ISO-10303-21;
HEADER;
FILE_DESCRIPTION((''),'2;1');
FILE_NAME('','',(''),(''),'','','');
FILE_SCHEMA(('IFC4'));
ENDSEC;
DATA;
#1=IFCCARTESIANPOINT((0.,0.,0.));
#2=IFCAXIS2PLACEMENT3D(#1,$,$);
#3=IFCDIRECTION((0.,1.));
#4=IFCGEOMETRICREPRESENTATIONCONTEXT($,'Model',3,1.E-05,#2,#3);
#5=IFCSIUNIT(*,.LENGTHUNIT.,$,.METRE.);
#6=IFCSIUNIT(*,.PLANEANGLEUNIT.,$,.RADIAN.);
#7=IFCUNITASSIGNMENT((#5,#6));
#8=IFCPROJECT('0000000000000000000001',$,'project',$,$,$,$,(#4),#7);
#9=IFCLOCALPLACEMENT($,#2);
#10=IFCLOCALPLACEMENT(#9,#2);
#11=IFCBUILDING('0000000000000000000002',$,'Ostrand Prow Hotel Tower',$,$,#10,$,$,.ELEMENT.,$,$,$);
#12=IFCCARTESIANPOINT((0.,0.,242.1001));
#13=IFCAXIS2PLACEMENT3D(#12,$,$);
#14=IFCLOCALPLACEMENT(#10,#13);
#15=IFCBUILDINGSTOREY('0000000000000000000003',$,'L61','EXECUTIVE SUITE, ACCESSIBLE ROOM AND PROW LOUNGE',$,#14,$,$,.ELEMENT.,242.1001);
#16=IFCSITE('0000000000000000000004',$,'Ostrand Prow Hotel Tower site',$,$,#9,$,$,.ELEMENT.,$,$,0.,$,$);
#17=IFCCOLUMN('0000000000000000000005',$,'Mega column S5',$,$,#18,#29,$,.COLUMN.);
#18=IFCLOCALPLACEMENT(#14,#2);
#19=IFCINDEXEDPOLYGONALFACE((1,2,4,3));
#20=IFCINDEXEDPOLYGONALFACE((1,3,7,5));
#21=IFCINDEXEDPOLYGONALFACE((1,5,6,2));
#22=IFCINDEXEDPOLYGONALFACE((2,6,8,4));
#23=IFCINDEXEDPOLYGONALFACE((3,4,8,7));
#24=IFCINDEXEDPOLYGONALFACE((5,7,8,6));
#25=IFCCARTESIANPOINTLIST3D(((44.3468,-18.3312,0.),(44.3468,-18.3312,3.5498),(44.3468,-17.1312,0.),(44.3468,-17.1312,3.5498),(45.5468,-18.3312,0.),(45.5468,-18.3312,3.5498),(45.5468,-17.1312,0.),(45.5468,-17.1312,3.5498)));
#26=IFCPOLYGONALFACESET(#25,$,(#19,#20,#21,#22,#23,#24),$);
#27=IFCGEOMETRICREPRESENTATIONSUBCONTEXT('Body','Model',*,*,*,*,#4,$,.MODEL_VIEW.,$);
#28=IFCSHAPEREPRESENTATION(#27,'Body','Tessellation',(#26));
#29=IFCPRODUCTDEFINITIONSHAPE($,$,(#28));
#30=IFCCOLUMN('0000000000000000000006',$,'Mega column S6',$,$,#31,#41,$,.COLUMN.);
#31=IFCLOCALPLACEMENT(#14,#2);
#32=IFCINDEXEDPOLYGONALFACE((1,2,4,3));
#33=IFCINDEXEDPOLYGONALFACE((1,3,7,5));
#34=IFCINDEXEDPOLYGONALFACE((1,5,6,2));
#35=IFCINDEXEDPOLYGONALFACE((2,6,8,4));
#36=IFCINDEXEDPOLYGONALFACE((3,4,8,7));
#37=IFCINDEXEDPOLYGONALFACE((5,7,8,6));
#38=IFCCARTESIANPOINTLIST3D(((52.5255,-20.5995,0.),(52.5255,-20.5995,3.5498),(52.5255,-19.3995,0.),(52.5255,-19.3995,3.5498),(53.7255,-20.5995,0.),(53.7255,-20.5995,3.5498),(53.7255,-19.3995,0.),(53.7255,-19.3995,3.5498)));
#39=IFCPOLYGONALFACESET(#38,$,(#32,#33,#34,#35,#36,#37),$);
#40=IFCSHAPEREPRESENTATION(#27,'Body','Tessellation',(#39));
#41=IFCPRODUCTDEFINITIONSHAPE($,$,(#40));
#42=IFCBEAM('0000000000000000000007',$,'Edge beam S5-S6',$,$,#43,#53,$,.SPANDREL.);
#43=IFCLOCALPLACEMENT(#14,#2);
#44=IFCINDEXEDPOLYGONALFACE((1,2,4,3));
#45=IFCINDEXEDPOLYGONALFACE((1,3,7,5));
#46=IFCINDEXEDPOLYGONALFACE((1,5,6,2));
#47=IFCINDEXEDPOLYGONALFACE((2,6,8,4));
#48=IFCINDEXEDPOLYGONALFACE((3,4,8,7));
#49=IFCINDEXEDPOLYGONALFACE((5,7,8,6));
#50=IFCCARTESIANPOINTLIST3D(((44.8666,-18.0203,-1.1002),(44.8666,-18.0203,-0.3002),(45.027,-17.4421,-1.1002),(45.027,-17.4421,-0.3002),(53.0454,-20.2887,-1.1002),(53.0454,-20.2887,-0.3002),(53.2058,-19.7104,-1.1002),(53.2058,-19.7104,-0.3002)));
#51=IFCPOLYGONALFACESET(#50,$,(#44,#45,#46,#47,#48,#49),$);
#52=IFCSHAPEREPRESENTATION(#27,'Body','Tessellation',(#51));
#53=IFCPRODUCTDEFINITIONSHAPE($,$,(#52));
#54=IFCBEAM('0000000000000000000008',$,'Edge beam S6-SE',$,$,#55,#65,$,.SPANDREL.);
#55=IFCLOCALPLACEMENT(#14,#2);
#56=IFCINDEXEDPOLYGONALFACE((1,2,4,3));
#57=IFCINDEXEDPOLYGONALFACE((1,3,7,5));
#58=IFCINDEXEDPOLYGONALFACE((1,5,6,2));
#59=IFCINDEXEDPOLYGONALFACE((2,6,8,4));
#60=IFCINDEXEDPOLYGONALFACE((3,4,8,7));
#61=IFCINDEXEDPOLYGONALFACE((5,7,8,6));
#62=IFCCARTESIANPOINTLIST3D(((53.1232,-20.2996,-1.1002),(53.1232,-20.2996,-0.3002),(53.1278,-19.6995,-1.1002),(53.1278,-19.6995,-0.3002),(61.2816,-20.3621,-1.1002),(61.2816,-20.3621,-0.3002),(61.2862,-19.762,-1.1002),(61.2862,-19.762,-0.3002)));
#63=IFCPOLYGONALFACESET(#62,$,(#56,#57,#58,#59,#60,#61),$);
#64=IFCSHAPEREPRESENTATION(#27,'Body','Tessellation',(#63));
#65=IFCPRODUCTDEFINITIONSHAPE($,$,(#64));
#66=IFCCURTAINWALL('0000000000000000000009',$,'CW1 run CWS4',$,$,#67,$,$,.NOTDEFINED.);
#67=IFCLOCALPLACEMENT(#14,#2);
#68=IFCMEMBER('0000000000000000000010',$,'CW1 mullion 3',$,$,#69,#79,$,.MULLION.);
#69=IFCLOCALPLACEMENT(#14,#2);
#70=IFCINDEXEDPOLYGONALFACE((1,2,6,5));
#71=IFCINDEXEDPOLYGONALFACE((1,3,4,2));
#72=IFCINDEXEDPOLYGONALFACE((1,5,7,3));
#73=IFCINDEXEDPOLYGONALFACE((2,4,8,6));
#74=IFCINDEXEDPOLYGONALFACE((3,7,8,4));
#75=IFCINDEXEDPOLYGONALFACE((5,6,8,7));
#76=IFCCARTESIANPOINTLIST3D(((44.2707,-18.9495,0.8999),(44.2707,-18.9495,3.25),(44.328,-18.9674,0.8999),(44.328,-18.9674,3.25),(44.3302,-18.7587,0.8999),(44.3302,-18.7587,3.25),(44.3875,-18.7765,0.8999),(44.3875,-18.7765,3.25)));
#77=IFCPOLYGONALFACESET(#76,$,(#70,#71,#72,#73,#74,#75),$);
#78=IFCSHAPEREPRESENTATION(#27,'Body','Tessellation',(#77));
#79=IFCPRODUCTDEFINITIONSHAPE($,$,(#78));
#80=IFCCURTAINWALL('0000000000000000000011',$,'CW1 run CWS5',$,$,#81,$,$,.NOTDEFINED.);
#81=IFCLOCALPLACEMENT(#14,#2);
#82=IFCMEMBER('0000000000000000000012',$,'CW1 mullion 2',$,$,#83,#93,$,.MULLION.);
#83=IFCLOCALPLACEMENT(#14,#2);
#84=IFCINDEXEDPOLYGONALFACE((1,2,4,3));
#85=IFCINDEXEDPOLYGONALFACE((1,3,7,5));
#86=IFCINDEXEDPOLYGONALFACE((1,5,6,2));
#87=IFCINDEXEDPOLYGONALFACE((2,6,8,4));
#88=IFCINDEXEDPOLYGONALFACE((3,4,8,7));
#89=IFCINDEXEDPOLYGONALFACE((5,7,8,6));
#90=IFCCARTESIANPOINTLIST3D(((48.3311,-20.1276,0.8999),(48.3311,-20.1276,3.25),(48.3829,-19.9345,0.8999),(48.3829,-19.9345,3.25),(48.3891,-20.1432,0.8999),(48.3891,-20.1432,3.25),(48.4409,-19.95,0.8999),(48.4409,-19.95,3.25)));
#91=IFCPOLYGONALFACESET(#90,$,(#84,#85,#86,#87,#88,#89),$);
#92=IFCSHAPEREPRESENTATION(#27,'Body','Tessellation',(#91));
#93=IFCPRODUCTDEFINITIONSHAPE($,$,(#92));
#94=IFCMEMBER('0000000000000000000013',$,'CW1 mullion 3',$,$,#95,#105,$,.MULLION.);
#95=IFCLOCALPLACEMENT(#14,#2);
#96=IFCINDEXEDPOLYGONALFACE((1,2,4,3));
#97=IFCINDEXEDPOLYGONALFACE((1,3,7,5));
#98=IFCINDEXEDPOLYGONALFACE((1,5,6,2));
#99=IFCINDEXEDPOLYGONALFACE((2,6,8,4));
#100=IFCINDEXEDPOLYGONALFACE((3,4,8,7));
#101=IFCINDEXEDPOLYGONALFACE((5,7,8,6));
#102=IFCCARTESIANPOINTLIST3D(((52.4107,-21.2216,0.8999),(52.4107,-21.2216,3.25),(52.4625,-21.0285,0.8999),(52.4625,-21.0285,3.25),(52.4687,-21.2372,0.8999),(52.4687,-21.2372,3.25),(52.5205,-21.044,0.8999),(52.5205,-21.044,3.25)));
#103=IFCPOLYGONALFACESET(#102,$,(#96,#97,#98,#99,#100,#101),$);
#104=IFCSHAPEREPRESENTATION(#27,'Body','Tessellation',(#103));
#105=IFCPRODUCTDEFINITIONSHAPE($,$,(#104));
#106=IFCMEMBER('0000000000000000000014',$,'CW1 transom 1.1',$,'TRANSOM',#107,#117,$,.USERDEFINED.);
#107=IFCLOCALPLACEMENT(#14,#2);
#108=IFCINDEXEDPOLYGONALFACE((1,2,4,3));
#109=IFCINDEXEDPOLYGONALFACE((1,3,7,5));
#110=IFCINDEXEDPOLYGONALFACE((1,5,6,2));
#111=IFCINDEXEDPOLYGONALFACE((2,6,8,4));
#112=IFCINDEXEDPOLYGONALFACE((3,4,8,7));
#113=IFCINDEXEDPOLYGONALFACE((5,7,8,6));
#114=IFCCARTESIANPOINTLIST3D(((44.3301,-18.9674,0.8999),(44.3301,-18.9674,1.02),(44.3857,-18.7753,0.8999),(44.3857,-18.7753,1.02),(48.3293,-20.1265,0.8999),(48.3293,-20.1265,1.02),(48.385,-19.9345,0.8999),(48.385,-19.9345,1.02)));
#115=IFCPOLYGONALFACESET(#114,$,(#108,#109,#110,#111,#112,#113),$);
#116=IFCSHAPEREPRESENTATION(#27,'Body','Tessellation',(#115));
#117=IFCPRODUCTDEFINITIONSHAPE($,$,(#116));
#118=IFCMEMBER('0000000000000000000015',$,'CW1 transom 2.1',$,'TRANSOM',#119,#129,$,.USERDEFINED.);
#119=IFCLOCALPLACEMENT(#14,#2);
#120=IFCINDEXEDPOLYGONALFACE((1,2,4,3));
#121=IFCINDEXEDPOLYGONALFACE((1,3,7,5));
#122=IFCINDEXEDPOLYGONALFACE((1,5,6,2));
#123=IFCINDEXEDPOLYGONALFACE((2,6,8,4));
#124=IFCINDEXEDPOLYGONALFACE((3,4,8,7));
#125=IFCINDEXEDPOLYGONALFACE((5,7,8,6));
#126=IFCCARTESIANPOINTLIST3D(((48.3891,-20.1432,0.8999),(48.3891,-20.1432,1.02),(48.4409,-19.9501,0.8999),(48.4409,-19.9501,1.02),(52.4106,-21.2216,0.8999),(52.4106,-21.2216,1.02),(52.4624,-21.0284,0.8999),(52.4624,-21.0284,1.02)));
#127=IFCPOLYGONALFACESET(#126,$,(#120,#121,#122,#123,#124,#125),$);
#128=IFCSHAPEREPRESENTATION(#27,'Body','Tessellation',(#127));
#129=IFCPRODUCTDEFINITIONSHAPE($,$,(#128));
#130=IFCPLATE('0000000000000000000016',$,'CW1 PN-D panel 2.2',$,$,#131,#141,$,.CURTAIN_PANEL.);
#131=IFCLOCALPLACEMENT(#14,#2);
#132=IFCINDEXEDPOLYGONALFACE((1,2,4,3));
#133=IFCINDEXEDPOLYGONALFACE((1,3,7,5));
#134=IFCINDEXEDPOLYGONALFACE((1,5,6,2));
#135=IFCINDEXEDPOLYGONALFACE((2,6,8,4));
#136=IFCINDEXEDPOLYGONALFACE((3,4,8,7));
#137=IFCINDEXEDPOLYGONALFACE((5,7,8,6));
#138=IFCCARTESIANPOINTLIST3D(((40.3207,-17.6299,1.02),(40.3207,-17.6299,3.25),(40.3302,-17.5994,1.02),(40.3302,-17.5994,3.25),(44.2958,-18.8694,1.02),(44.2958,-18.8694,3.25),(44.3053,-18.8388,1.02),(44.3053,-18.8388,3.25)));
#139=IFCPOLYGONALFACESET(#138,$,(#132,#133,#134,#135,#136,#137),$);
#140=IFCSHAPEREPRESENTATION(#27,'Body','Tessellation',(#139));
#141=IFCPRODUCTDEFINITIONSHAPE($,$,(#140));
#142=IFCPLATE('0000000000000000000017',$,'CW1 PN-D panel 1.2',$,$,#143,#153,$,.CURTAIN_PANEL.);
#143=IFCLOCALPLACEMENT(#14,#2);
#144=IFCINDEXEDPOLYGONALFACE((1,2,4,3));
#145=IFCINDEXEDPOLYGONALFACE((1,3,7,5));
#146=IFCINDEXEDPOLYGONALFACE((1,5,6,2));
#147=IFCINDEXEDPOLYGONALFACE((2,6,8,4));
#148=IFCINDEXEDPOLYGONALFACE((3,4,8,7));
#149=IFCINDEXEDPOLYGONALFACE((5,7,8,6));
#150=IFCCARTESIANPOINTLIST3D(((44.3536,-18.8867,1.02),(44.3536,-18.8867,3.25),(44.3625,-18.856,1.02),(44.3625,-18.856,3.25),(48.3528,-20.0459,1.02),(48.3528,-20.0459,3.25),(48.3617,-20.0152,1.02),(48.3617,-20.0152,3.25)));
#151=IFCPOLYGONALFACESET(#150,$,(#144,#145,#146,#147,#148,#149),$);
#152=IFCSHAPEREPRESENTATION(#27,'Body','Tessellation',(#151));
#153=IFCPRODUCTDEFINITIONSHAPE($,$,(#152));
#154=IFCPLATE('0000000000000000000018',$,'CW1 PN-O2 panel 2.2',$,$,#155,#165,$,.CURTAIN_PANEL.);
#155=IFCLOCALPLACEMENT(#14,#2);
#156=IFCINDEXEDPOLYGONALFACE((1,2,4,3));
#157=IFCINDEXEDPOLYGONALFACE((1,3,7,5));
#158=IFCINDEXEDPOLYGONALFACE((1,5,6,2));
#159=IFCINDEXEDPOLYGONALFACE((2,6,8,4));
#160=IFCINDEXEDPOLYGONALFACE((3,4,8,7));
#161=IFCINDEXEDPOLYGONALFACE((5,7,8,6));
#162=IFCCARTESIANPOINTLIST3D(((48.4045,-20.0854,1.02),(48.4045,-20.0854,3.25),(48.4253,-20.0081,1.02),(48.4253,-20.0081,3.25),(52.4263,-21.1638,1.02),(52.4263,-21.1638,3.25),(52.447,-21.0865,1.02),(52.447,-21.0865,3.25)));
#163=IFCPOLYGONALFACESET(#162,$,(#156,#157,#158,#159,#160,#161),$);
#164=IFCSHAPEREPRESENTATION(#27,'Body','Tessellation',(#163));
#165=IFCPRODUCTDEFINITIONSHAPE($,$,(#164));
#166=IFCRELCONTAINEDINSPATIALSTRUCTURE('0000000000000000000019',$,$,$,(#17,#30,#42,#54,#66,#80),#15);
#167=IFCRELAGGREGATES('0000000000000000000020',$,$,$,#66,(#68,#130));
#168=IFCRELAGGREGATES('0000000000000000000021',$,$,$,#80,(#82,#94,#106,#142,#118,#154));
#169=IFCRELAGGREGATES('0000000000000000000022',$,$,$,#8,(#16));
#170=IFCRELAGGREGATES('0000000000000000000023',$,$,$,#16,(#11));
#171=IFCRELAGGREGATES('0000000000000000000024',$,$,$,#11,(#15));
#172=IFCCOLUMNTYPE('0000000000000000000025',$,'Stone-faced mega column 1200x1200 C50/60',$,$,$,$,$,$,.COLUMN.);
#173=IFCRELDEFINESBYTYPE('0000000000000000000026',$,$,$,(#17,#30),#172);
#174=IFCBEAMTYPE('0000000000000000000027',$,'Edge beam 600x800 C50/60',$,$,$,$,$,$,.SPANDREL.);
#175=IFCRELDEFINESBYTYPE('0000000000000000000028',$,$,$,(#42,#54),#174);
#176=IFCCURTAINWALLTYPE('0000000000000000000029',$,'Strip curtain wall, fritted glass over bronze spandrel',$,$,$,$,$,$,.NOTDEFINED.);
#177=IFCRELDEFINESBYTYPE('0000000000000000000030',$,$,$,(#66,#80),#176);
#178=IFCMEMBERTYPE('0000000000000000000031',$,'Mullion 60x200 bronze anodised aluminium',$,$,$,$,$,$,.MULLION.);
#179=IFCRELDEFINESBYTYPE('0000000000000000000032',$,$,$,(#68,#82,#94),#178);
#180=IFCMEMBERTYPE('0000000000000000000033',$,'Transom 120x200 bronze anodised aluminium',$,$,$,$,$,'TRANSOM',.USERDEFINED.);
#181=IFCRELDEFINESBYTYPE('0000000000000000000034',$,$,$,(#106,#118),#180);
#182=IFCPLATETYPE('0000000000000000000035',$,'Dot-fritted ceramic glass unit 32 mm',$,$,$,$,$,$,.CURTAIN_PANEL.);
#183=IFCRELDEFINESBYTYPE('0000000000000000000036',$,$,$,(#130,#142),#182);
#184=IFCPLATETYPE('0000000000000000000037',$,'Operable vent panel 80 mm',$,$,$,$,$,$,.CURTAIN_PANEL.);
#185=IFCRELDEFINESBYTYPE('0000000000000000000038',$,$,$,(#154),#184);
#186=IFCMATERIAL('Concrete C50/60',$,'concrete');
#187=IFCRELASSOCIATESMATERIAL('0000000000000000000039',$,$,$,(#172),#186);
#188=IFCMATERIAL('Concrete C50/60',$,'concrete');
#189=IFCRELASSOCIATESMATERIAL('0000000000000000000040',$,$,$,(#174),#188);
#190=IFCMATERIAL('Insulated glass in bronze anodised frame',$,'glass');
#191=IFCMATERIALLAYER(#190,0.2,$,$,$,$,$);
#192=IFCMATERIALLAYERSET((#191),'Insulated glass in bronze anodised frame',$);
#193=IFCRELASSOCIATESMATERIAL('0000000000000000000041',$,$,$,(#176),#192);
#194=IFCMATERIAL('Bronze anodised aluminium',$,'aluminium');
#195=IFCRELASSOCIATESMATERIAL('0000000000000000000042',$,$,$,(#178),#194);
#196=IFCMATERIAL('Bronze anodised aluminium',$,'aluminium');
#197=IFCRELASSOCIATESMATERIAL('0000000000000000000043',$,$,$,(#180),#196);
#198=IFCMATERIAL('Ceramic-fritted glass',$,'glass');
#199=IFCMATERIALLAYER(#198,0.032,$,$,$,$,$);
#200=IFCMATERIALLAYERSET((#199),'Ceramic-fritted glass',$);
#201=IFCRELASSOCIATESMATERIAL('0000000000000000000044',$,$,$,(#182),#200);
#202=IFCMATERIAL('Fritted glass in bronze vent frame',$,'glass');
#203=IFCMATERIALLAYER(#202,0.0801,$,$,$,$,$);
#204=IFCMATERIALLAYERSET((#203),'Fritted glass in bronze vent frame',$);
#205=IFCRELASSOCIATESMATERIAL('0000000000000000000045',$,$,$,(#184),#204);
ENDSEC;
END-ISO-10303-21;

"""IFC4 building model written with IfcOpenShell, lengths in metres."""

from ifc_helpers import new_model, si_unit, direction, frame, origin, origin_2d, place, context, subcontext, project, spatial, rectangle, extrude, material, layer, layer_set, material_profile, profile_set, type_object, element, aggregate, save


model = new_model("IFC4")

# Units and contexts
model_context = context("Model", 3, precision=1e-05, world=origin(), true_north=direction((0.0, 1.0)))
body_context = subcontext(model_context, "Body", "Model", "MODEL_VIEW")
ifc_project = project(units=[si_unit("LENGTHUNIT", "METRE"), si_unit("PLANEANGLEUNIT", "RADIAN")], contexts=[model_context])

# Site, building, storey
site_placement = place(None, origin())
site = spatial("IfcSite", under=ifc_project, at=site_placement, Name="Ostrand Prow Hotel Tower site", CompositionType="ELEMENT", RefElevation=0.0)
building_placement = place(site_placement, origin())
building = spatial("IfcBuilding", under=site, at=building_placement, Name="Ostrand Prow Hotel Tower", CompositionType="ELEMENT")
storey_placement = place(building_placement, frame((0.0, 0.0, 242.1001)))
storey = spatial("IfcBuildingStorey", under=building, at=storey_placement, Name="L61", Description="EXECUTIVE SUITE, ACCESSIBLE ROOM AND PROW LOUNGE", CompositionType="ELEMENT", Elevation=242.1001)

# Columns
ifc_material_1 = material(Name="Concrete C50/60", Category="concrete")
ifc_material_profile_1 = material_profile(ifc_material_1, rectangle(XDim=1.2, YDim=1.2, at=origin_2d()), Name="RC 1200x1200")
ifc_profile_set_1 = profile_set([ifc_material_profile_1], Name="Concrete C50/60")
column_type = type_object("IfcColumnType", Name="Stone-faced mega column 1200x1200 C50/60", PredefinedType="COLUMN", material=ifc_profile_set_1)
for number, where, z_axis, x_axis, name in (
    (1, (44.9468, -17.7312, 0.0), (0.0, 0.0, 1.0), (1.0, 0.0, 0.0), "Mega column S5"),
    (2, (53.1255, -19.9995, 0.0), (0.0, 0.0, 1.0), (1.0, 0.0, 0.0), "Mega column S6"),
):
    element("IfcColumn", number, at=place(storey_placement, frame(where, z_axis=z_axis, x_axis=x_axis)), inside=storey, type_object=column_type, Name=name, PredefinedType="COLUMN", context=body_context, shape_type="SweptSolid", body=[
        extrude(rectangle(XDim=1.2, YDim=1.2, at=origin_2d()), origin(), (0.0, 0.0, 1.0), 3.5498),
    ])

# Beams
ifc_material_2 = material(Name="Concrete C50/60", Category="concrete")
ifc_material_profile_2 = material_profile(ifc_material_2, rectangle(XDim=0.6001, YDim=0.8, at=origin_2d()), Name="RC 600x800")
ifc_profile_set_2 = profile_set([ifc_material_profile_2], Name="Concrete C50/60")
beam_type = type_object("IfcBeamType", Name="Edge beam 600x800 C50/60", PredefinedType="SPANDREL", material=ifc_profile_set_2)
beam_1_placement = place(storey_placement, frame((44.9468, -17.7312, -0.7002), z_axis=(0.963626, -0.267255, 0.0), x_axis=(0.267255, 0.963626, 0.0)))
element("IfcBeam", 3, at=beam_1_placement, inside=storey, type_object=beam_type, Name="Edge beam S5-S6", PredefinedType="SPANDREL", context=body_context, shape_type="SweptSolid", body=[
    extrude(rectangle(XDim=0.6001, YDim=0.8, at=origin_2d()), origin(), (0.0, 0.0, 1.0), 8.4875),
])
beam_2_placement = place(storey_placement, frame((53.1255, -19.9995, -0.7002), z_axis=(0.999971, -0.007661, 0.0), x_axis=(0.007661, 0.999971, 0.0)))
element("IfcBeam", 4, at=beam_2_placement, inside=storey, type_object=beam_type, Name="Edge beam S6-SE", PredefinedType="SPANDREL", context=body_context, shape_type="SweptSolid", body=[
    extrude(rectangle(XDim=0.6001, YDim=0.8, at=origin_2d()), origin(), (0.0, 0.0, 1.0), 8.1587),
])

# Curtain wall, member
ifc_material_3 = material(Name="Insulated glass in bronze anodised frame", Category="glass")
ifc_layer_1 = layer(ifc_material_3, 0.2)
ifc_layer_set_1 = layer_set([ifc_layer_1], Name="Insulated glass in bronze anodised frame")
curtain_wall_type = type_object("IfcCurtainWallType", Name="Strip curtain wall, fritted glass over bronze spandrel", PredefinedType="NOTDEFINED", material=ifc_layer_set_1)
curtain_wall_1_placement = place(storey_placement, origin())
curtain_wall_1 = element("IfcCurtainWall", 5, at=curtain_wall_1_placement, inside=storey, type_object=curtain_wall_type, Name="CW1 run CWS4", PredefinedType="NOTDEFINED")
ifc_material_4 = material(Name="Bronze anodised aluminium", Category="aluminium")
ifc_material_profile_3 = material_profile(ifc_material_4, rectangle(XDim=0.2, YDim=0.0601, at=origin_2d()), Name="Mullion 60x200 bronze anodised aluminium")
ifc_profile_set_3 = profile_set([ifc_material_profile_3], Name="Bronze anodised aluminium")
member_type_1 = type_object("IfcMemberType", Name="Mullion 60x200 bronze anodised aluminium", PredefinedType="MULLION", material=ifc_profile_set_3)
member_1_placement = place(storey_placement, frame((44.3291, -18.863, 0.8999), z_axis=(0.0, 0.0, 1.0), x_axis=(0.297678, 0.954666, 0.0)))
member_1 = element("IfcMember", 6, at=member_1_placement, type_object=member_type_1, Name="CW1 mullion 3", PredefinedType="MULLION", context=body_context, shape_type="SweptSolid", body=[
    extrude(rectangle(XDim=0.2, YDim=0.0601, at=origin_2d()), origin(), (0.0, 0.0, 1.0), 2.3501),
])

# Curtain wall, members
curtain_wall_2_placement = place(storey_placement, origin())
curtain_wall_2 = element("IfcCurtainWall", 7, at=curtain_wall_2_placement, inside=storey, type_object=curtain_wall_type, Name="CW1 run CWS5", PredefinedType="NOTDEFINED")
member_2_placement = place(storey_placement, frame((48.386, -20.0388, 0.8999), z_axis=(0.0, 0.0, 1.0), x_axis=(0.258994, 0.965879, 0.0)))
member_2 = element("IfcMember", 8, at=member_2_placement, type_object=member_type_1, Name="CW1 mullion 2", PredefinedType="MULLION", context=body_context, shape_type="SweptSolid", body=[
    extrude(rectangle(XDim=0.2, YDim=0.0601, at=origin_2d()), origin(), (0.0, 0.0, 1.0), 2.3501),
])
member_3_placement = place(storey_placement, frame((52.4656, -21.1328, 0.8999), z_axis=(0.0, 0.0, 1.0), x_axis=(0.258994, 0.965879, 0.0)))
member_3 = element("IfcMember", 9, at=member_3_placement, type_object=member_type_1, Name="CW1 mullion 3", PredefinedType="MULLION", context=body_context, shape_type="SweptSolid", body=[
    extrude(rectangle(XDim=0.2, YDim=0.0601, at=origin_2d()), origin(), (0.0, 0.0, 1.0), 2.3501),
])
ifc_material_5 = material(Name="Bronze anodised aluminium", Category="aluminium")
ifc_material_profile_4 = material_profile(ifc_material_5, rectangle(XDim=0.2, YDim=0.1201, at=origin_2d()), Name="Transom 120x200 bronze anodised aluminium")
ifc_profile_set_4 = profile_set([ifc_material_profile_4], Name="Bronze anodised aluminium")
member_type_2 = type_object("IfcMemberType", Name="Transom 120x200 bronze anodised aluminium", ElementType="TRANSOM", PredefinedType="USERDEFINED", material=ifc_profile_set_4)
member_4_placement = place(storey_placement, frame((44.3579, -18.8713, 0.96), z_axis=(0.960468, -0.27839, 0.0), x_axis=(0.27839, 0.960468, 0.0)))
member_4 = element("IfcMember", 10, at=member_4_placement, type_object=member_type_2, Name="CW1 transom 1.1", ObjectType="TRANSOM", PredefinedType="USERDEFINED", context=body_context, shape_type="SweptSolid", body=[
    extrude(rectangle(XDim=0.2, YDim=0.1201, at=origin_2d()), origin(), (0.0, 0.0, 1.0), 4.1638),
])
member_5_placement = place(storey_placement, frame((48.415, -20.0466, 0.96), z_axis=(0.965877, -0.259002, 0.0), x_axis=(0.259002, 0.965877, 0.0)))
member_5 = element("IfcMember", 11, at=member_5_placement, type_object=member_type_2, Name="CW1 transom 2.1", ObjectType="TRANSOM", PredefinedType="USERDEFINED", context=body_context, shape_type="SweptSolid", body=[
    extrude(rectangle(XDim=0.2, YDim=0.1201, at=origin_2d()), origin(), (0.0, 0.0, 1.0), 4.1636),
])

# Plates
ifc_material_6 = material(Name="Ceramic-fritted glass", Category="glass")
ifc_layer_2 = layer(ifc_material_6, 0.032)
ifc_layer_set_2 = layer_set([ifc_layer_2], Name="Ceramic-fritted glass")
plate_type_1 = type_object("IfcPlateType", Name="Dot-fritted ceramic glass unit 32 mm", PredefinedType="CURTAIN_PANEL", material=ifc_layer_set_2)
plate_1_placement = place(storey_placement, frame((42.313, -18.2344, 1.02), z_axis=(0.0, 0.0, 1.0), x_axis=(0.954666, -0.297678, 0.0)))
plate_1 = element("IfcPlate", 12, at=plate_1_placement, type_object=plate_type_1, Name="CW1 PN-D panel 2.2", PredefinedType="CURTAIN_PANEL", context=body_context, shape_type="SweptSolid", body=[
    extrude(rectangle(XDim=4.1638, YDim=0.032, at=origin_2d()), origin(), (0.0, 0.0, 1.0), 2.23),
])
aggregate(curtain_wall_1, [member_1, plate_1])
plate_2_placement = place(storey_placement, frame((46.3577, -19.4509, 1.02), z_axis=(0.0, 0.0, 1.0), x_axis=(0.960467, -0.278393, 0.0)))
plate_2 = element("IfcPlate", 13, at=plate_2_placement, type_object=plate_type_1, Name="CW1 PN-D panel 1.2", PredefinedType="CURTAIN_PANEL", context=body_context, shape_type="SweptSolid", body=[
    extrude(rectangle(XDim=4.1638, YDim=0.032, at=origin_2d()), origin(), (0.0, 0.0, 1.0), 2.23),
])
ifc_material_7 = material(Name="Fritted glass in bronze vent frame", Category="glass")
ifc_layer_3 = layer(ifc_material_7, 0.0801)
ifc_layer_set_3 = layer_set([ifc_layer_3], Name="Fritted glass in bronze vent frame")
plate_type_2 = type_object("IfcPlateType", Name="Operable vent panel 80 mm", PredefinedType="CURTAIN_PANEL", material=ifc_layer_set_3)
plate_3_placement = place(storey_placement, frame((50.4258, -20.5859, 1.02), z_axis=(0.0, 0.0, 1.0), x_axis=(0.965879, -0.258994, 0.0)))
plate_3 = element("IfcPlate", 14, at=plate_3_placement, type_object=plate_type_2, Name="CW1 PN-O2 panel 2.2", PredefinedType="CURTAIN_PANEL", context=body_context, shape_type="SweptSolid", body=[
    extrude(rectangle(XDim=4.1638, YDim=0.0801, at=origin_2d()), origin(), (0.0, 0.0, 1.0), 2.23),
])
aggregate(curtain_wall_2, [member_2, member_3, member_4, plate_2, member_5, plate_3])

save(model, "model.ifc")
